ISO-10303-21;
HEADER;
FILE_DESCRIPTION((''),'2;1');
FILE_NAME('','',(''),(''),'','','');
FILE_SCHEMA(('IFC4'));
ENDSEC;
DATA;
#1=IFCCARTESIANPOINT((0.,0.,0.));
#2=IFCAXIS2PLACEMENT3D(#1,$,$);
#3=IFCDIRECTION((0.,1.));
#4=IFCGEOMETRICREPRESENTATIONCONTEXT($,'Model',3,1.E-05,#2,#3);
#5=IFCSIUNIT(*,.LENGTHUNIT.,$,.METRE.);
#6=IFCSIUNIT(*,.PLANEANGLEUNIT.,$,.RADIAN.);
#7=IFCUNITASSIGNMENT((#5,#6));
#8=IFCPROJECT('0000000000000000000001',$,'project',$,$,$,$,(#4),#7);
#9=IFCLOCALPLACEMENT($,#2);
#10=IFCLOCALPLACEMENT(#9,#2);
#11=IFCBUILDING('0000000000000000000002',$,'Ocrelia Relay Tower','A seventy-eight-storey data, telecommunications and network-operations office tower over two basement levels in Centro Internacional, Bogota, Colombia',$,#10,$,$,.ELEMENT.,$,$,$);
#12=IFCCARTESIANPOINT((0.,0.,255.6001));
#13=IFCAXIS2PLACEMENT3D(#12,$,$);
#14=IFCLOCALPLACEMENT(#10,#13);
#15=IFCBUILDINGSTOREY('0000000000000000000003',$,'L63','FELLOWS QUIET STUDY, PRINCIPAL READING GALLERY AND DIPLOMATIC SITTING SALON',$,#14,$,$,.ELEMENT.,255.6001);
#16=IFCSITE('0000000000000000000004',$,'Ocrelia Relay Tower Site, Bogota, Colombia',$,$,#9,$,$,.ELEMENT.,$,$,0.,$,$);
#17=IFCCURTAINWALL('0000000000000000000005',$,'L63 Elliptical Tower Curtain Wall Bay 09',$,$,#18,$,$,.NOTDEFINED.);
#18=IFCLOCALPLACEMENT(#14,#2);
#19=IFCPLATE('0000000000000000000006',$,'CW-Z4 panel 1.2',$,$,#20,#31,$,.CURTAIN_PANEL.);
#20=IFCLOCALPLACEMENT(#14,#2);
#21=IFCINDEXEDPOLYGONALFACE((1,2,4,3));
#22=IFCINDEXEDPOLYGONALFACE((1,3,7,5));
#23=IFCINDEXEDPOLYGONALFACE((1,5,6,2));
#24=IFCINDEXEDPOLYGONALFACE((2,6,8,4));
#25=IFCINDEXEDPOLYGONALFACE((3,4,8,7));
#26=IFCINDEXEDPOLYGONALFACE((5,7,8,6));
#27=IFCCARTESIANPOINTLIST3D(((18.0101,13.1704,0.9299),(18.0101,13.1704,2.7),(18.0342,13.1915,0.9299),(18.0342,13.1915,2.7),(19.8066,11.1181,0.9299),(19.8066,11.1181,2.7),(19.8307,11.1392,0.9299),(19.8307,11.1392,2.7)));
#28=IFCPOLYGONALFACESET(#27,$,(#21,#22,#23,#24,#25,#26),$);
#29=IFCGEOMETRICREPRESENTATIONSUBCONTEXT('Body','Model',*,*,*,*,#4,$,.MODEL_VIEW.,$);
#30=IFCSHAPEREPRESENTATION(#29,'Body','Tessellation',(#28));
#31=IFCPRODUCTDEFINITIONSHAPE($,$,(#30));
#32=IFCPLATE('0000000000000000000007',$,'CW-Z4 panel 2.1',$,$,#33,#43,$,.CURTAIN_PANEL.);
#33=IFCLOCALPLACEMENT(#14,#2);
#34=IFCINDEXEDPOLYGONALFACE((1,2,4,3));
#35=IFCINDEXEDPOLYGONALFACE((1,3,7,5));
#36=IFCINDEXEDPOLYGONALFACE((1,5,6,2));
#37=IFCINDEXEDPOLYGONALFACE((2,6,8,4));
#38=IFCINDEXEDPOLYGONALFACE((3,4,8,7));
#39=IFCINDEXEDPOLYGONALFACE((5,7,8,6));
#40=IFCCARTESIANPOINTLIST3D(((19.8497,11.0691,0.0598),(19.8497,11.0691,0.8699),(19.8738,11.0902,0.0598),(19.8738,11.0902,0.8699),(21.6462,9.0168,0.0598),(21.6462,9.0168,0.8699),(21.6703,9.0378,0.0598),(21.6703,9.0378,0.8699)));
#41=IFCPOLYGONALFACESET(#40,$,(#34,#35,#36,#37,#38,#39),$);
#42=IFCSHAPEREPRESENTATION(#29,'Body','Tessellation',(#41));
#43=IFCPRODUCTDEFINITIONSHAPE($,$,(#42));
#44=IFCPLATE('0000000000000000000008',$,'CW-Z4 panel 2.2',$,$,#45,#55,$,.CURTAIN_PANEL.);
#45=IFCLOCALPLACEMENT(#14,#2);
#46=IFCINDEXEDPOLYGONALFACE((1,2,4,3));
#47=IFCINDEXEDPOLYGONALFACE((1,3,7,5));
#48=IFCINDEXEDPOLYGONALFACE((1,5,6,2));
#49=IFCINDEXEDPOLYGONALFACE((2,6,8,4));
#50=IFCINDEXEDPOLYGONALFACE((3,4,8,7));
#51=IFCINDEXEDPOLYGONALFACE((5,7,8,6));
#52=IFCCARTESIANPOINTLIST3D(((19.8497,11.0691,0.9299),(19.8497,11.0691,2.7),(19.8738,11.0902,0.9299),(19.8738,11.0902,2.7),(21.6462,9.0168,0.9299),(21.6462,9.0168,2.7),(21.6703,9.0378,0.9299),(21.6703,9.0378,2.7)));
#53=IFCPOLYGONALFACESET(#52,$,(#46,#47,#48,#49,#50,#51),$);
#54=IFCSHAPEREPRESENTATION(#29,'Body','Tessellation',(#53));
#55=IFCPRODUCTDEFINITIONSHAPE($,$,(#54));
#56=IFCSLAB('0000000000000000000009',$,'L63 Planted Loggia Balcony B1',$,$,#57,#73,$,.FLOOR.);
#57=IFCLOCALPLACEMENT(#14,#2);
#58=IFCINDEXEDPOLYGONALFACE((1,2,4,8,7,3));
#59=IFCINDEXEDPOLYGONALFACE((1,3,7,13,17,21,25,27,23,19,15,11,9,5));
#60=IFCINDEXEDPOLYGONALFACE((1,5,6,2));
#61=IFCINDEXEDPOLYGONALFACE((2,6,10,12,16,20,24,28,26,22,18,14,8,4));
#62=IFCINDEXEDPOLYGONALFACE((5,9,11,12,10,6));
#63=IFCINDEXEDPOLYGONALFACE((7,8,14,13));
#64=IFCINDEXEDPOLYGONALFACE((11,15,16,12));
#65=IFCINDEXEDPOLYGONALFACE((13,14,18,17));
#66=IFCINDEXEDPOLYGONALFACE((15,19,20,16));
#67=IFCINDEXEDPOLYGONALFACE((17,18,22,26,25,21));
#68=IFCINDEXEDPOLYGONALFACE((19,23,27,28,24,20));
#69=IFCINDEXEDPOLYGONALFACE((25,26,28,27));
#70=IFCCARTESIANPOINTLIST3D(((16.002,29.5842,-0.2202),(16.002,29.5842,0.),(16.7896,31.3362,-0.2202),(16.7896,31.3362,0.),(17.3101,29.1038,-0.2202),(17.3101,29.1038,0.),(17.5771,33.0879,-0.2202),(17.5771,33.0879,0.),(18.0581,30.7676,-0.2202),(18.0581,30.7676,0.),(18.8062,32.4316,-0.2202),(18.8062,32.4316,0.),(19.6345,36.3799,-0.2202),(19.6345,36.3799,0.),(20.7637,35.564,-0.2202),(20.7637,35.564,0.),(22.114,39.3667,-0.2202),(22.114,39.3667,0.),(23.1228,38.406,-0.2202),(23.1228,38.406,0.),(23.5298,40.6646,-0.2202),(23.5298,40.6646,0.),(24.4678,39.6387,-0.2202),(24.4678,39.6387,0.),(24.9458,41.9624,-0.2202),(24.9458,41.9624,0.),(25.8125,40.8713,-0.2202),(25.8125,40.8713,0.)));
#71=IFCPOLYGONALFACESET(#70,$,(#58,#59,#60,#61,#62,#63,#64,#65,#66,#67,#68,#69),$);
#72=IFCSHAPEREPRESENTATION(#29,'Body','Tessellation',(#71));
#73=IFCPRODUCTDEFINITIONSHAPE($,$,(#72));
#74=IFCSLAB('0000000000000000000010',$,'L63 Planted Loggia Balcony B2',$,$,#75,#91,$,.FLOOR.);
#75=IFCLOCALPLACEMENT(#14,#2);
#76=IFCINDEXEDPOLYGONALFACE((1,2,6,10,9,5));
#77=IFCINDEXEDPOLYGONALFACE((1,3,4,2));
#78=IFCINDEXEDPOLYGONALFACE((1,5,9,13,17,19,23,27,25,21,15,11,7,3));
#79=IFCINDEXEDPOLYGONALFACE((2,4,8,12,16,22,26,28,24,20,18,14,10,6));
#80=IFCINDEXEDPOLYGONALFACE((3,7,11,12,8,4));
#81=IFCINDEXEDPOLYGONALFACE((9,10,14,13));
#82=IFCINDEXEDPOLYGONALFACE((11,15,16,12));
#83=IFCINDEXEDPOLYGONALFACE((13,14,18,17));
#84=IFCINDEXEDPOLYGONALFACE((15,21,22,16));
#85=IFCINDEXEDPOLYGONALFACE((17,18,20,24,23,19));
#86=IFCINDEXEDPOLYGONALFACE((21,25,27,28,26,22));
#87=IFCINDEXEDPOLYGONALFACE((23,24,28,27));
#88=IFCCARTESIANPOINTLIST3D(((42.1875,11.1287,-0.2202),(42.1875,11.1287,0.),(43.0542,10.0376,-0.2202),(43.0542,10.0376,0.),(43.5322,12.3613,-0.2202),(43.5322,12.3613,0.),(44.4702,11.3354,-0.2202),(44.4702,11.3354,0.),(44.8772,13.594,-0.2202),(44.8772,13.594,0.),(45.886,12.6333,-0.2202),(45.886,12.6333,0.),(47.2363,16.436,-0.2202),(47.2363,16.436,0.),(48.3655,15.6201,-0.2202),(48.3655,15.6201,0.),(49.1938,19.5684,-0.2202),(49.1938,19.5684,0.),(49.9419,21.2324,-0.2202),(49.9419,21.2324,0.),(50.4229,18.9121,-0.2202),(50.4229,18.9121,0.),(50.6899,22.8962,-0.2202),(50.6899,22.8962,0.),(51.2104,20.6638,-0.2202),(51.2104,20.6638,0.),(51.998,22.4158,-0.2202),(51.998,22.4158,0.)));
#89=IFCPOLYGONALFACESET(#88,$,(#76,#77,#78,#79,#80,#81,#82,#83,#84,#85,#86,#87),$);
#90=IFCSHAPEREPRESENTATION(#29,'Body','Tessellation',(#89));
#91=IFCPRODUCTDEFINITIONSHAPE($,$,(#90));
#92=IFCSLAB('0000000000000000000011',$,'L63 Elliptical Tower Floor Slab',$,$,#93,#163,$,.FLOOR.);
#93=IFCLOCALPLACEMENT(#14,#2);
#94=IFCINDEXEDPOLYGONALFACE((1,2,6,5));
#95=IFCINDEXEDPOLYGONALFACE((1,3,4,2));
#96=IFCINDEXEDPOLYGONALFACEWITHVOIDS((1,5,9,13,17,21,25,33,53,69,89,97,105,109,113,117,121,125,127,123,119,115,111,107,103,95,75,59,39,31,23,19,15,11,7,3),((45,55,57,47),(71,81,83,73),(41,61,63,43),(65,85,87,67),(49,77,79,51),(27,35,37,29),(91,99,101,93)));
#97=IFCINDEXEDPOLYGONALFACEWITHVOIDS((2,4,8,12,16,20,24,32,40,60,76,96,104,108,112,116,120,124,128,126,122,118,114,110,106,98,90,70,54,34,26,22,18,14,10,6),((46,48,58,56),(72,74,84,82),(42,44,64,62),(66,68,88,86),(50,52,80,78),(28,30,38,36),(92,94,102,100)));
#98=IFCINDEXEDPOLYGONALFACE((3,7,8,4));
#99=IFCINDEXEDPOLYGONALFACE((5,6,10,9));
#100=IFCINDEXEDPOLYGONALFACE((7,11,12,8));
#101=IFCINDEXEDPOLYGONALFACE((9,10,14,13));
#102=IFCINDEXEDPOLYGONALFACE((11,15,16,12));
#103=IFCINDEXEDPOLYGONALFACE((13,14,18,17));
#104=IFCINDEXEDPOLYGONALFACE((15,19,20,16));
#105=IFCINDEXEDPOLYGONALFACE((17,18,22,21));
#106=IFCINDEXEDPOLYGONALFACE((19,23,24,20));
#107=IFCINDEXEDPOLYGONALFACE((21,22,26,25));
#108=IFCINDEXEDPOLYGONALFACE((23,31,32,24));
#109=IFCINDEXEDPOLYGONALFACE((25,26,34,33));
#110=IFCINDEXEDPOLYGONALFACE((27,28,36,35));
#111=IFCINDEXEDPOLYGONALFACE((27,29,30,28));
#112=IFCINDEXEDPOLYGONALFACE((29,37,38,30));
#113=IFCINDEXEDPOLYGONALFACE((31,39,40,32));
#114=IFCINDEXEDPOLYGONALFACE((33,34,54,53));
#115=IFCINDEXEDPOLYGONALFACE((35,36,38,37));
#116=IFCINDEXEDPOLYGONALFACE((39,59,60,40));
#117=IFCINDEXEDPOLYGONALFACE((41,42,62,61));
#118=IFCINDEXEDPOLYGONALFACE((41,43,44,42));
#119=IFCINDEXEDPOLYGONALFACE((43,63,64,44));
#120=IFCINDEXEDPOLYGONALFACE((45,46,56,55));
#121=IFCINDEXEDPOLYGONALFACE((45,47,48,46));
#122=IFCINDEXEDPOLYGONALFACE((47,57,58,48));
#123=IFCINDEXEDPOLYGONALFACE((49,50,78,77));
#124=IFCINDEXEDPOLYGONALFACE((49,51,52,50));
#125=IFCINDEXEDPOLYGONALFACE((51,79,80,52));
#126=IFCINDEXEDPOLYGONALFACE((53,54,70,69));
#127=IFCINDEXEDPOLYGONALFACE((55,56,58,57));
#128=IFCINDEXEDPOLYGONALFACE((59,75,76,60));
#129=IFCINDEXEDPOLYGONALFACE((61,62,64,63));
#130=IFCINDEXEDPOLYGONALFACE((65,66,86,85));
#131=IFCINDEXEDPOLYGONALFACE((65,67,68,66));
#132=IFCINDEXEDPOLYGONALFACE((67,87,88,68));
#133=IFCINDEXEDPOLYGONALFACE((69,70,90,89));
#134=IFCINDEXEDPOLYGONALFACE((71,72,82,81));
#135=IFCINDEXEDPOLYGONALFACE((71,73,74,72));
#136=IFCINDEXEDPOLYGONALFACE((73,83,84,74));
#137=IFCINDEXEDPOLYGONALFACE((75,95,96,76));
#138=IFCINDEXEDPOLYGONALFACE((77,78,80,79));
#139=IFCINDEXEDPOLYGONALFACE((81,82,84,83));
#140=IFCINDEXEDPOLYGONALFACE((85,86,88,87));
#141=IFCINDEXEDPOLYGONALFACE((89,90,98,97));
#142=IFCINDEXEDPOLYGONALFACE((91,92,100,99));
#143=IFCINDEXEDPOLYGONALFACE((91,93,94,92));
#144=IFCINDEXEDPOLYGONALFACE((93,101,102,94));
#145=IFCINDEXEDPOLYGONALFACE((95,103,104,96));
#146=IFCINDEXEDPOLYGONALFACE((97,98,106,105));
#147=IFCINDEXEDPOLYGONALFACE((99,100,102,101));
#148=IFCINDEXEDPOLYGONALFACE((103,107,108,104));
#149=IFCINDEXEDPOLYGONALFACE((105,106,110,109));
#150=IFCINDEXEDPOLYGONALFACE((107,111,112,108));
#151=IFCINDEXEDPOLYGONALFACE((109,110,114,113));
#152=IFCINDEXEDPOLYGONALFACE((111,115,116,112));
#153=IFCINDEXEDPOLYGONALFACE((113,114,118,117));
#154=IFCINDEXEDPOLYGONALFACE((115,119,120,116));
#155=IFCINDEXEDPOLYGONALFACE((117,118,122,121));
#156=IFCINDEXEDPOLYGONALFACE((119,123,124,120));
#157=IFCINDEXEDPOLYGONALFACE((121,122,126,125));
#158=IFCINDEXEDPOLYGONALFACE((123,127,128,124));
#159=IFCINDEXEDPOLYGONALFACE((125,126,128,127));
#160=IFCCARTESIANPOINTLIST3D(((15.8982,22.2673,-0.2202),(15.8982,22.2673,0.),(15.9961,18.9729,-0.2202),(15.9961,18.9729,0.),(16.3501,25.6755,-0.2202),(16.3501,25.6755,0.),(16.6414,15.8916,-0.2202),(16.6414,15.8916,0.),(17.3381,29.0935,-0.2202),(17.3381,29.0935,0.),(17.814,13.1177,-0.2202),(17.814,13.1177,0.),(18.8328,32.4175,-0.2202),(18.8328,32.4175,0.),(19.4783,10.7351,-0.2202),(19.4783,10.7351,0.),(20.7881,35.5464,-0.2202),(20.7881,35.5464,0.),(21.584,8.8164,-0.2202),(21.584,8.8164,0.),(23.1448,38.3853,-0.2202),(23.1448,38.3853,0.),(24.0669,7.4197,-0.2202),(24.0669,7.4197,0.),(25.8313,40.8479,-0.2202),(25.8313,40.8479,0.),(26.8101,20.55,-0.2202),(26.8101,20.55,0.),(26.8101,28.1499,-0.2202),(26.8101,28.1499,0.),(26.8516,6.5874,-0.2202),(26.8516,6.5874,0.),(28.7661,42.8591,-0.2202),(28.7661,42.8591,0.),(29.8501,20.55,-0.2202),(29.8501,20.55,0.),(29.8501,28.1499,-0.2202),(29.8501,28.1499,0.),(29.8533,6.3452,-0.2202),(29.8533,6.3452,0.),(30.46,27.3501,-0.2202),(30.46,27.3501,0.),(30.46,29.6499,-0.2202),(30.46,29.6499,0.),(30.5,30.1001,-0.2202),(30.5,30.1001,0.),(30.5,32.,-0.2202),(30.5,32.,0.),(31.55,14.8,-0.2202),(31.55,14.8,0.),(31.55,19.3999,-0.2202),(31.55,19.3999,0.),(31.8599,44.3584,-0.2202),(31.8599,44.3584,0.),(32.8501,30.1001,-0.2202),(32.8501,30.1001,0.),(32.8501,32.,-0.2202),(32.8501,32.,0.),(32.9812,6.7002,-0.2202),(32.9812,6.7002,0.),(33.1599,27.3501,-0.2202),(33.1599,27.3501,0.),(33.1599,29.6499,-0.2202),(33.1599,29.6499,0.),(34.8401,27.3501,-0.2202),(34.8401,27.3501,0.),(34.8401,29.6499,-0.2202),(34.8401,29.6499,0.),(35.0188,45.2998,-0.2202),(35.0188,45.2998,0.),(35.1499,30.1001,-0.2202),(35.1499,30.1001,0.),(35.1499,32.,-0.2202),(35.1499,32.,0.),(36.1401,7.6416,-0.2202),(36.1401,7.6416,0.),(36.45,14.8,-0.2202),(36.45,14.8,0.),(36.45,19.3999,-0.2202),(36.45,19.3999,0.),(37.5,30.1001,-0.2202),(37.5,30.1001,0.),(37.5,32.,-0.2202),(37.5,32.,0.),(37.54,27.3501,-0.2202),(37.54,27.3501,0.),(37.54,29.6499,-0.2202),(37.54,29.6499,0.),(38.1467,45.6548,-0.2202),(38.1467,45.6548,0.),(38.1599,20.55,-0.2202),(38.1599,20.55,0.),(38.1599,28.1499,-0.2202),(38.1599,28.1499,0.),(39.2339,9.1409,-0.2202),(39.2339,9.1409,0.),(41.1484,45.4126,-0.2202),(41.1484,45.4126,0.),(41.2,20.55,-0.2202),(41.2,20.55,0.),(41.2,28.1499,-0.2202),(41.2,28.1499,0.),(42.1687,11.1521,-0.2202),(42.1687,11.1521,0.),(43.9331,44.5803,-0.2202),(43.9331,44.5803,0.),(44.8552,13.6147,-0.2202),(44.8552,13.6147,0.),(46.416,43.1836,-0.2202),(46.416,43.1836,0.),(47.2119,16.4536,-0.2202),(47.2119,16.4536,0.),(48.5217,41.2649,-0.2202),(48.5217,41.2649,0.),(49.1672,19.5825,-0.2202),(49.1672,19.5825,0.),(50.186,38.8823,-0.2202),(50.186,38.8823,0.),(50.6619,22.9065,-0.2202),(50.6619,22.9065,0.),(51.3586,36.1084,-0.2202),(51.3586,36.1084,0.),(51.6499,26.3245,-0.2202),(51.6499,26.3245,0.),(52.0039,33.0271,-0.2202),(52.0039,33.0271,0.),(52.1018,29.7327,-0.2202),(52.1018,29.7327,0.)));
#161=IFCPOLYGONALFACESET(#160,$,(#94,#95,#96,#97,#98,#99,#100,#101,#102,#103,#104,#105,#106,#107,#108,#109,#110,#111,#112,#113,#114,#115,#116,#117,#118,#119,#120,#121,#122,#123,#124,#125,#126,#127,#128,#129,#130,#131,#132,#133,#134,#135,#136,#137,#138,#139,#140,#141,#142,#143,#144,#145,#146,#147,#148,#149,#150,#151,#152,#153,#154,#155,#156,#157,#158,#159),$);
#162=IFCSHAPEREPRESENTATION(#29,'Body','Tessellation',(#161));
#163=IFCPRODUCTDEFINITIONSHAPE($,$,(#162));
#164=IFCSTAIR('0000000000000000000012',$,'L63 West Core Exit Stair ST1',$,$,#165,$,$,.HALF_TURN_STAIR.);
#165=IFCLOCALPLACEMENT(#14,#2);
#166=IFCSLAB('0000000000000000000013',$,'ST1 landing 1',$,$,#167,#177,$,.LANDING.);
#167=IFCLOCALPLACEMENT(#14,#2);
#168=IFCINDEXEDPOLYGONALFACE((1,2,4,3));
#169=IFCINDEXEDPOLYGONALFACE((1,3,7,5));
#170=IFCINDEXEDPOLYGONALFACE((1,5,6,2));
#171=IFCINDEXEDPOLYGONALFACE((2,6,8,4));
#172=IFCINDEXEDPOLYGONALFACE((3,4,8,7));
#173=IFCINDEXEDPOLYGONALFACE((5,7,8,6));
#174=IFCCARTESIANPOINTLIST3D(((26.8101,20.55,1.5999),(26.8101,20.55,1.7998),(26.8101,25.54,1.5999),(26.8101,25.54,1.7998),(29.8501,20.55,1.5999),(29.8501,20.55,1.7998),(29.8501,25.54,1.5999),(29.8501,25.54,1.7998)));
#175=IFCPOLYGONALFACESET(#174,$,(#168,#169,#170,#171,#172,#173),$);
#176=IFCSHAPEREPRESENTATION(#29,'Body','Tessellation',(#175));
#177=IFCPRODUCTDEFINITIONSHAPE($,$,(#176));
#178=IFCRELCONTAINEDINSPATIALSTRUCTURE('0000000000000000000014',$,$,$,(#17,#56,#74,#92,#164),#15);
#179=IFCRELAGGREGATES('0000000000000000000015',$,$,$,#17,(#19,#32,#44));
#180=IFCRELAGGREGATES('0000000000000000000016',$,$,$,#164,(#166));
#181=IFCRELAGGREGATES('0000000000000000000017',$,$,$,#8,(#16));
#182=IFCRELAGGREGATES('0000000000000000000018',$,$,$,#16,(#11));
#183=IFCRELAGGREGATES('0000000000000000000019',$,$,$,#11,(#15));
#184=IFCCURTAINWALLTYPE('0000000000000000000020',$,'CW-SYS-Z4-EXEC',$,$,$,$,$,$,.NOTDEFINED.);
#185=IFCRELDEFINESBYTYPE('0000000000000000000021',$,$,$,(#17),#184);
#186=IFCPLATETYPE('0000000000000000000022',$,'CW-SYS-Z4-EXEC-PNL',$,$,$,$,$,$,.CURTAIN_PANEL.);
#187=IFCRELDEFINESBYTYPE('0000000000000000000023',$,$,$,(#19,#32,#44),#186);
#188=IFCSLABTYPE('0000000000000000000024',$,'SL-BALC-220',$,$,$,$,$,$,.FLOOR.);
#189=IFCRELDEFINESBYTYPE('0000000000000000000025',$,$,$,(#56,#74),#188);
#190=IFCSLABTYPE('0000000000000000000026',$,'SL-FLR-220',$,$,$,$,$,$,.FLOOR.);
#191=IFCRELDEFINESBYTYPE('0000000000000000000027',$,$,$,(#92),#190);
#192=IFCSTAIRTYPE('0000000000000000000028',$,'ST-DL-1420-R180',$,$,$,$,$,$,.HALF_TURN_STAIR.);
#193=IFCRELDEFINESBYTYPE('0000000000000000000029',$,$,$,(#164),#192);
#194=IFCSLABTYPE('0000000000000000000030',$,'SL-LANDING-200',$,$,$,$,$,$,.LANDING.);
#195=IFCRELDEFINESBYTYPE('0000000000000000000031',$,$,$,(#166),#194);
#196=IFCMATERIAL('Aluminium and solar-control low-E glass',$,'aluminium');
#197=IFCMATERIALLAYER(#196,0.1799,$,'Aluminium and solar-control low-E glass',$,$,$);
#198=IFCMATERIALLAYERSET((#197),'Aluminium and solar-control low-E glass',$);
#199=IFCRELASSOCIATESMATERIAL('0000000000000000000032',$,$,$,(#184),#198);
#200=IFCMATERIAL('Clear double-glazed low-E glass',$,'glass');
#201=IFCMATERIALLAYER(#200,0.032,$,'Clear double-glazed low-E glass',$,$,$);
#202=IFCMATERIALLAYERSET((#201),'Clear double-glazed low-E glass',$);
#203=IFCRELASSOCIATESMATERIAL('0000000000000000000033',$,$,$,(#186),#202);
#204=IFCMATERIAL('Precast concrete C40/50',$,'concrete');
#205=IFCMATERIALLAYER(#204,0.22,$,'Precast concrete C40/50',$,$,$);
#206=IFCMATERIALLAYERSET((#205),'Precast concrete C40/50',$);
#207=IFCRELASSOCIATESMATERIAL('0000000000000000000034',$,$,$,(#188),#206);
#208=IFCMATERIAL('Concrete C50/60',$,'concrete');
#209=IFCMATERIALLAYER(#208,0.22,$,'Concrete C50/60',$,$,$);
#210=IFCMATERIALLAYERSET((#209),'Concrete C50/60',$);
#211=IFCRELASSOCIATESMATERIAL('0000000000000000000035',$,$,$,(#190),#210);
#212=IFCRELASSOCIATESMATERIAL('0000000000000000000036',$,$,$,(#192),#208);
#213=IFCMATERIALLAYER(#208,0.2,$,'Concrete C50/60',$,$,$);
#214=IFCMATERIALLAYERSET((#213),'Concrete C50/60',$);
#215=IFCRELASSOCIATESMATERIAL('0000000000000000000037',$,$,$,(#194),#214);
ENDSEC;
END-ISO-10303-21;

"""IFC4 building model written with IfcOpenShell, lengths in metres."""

from ifc_helpers import new_model, si_unit, direction, frame, origin, origin_2d, place, context, subcontext, project, spatial, polyline, rectangle, outline, extrude, material, layer, layer_set, type_object, element, aggregate, save


model = new_model("IFC4")

# Units and contexts
model_context = context("Model", 3, precision=1e-05, world=origin(), true_north=direction((0.0, 1.0)))
body_context = subcontext(model_context, "Body", "Model", "MODEL_VIEW")
ifc_project = project(units=[si_unit("LENGTHUNIT", "METRE"), si_unit("PLANEANGLEUNIT", "RADIAN")], contexts=[model_context])

# Site, building, storey
site_placement = place(None, origin())
site = spatial("IfcSite", under=ifc_project, at=site_placement, Name="Ocrelia Relay Tower Site, Bogota, Colombia", CompositionType="ELEMENT", RefElevation=0.0)
building_placement = place(site_placement, origin())
building = spatial("IfcBuilding", under=site, at=building_placement, Name="Ocrelia Relay Tower", Description="A seventy-eight-storey data, telecommunications and network-operations office tower over two basement levels in Centro Internacional, Bogota, Colombia", CompositionType="ELEMENT")
storey_placement = place(building_placement, frame((0.0, 0.0, 255.6001)))
storey = spatial("IfcBuildingStorey", under=building, at=storey_placement, Name="L63", Description="FELLOWS QUIET STUDY, PRINCIPAL READING GALLERY AND DIPLOMATIC SITTING SALON", CompositionType="ELEMENT", Elevation=255.6001)

# Shared definitions
ifc_material_1 = material(Name="Concrete C50/60", Category="concrete")

# Curtain wall
ifc_material_2 = material(Name="Aluminium and solar-control low-E glass", Category="aluminium")
ifc_layer_1 = layer(ifc_material_2, 0.1799, Name="Aluminium and solar-control low-E glass")
ifc_layer_set_1 = layer_set([ifc_layer_1], Name="Aluminium and solar-control low-E glass")
curtain_wall_type = type_object("IfcCurtainWallType", Name="CW-SYS-Z4-EXEC", PredefinedType="NOTDEFINED", material=ifc_layer_set_1)
curtain_wall_1_placement = place(storey_placement, origin())
curtain_wall_1 = element("IfcCurtainWall", 1, at=curtain_wall_1_placement, inside=storey, type_object=curtain_wall_type, Name="L63 Elliptical Tower Curtain Wall Bay 09", PredefinedType="NOTDEFINED")

# Plates
ifc_material_3 = material(Name="Clear double-glazed low-E glass", Category="glass")
ifc_layer_2 = layer(ifc_material_3, 0.032, Name="Clear double-glazed low-E glass")
ifc_layer_set_2 = layer_set([ifc_layer_2], Name="Clear double-glazed low-E glass")
plate_type = type_object("IfcPlateType", Name="CW-SYS-Z4-EXEC-PNL", PredefinedType="CURTAIN_PANEL", material=ifc_layer_set_2)
plate_1_placement = place(storey_placement, frame((18.9204, 12.1548, 0.9299), z_axis=(0.0, 0.0, 1.0), x_axis=(0.658659, -0.752442, 0.0)))
plate_1 = element("IfcPlate", 2, at=plate_1_placement, type_object=plate_type, Name="CW-Z4 panel 1.2", PredefinedType="CURTAIN_PANEL", context=body_context, shape_type="SweptSolid", body=[
    extrude(rectangle(XDim=2.7275, YDim=0.032, at=origin_2d()), origin(), (0.0, 0.0, 1.0), 1.77),
])
plate_2_placement = place(storey_placement, frame((20.76, 10.0535, 0.0598), z_axis=(0.0, 0.0, 1.0), x_axis=(0.658659, -0.752442, 0.0)))
plate_2 = element("IfcPlate", 3, at=plate_2_placement, type_object=plate_type, Name="CW-Z4 panel 2.1", PredefinedType="CURTAIN_PANEL", context=body_context, shape_type="SweptSolid", body=[
    extrude(rectangle(XDim=2.7275, YDim=0.032, at=origin_2d()), origin(), (0.0, 0.0, 1.0), 0.8101),
])
plate_3_placement = place(storey_placement, frame((20.76, 10.0535, 0.9299), z_axis=(0.0, 0.0, 1.0), x_axis=(0.658659, -0.752442, 0.0)))
plate_3 = element("IfcPlate", 4, at=plate_3_placement, type_object=plate_type, Name="CW-Z4 panel 2.2", PredefinedType="CURTAIN_PANEL", context=body_context, shape_type="SweptSolid", body=[
    extrude(rectangle(XDim=2.7275, YDim=0.032, at=origin_2d()), origin(), (0.0, 0.0, 1.0), 1.77),
])
aggregate(curtain_wall_1, [plate_1, plate_2, plate_3])

# Slabs
ifc_material_4 = material(Name="Precast concrete C40/50", Category="concrete")
ifc_layer_3 = layer(ifc_material_4, 0.22, Name="Precast concrete C40/50")
ifc_layer_set_3 = layer_set([ifc_layer_3], Name="Precast concrete C40/50")
slab_type_1 = type_object("IfcSlabType", Name="SL-BALC-220", PredefinedType="FLOOR", material=ifc_layer_set_3)
slab_1_placement = place(storey_placement, frame((0.0, 0.0, -0.2202)))
element("IfcSlab", 5, at=slab_1_placement, inside=storey, type_object=slab_type_1, Name="L63 Planted Loggia Balcony B1", PredefinedType="FLOOR", context=body_context, shape_type="SweptSolid", body=[
    extrude(outline(polyline([(25.8125, 40.8713), (24.4678, 39.6387), (23.1228, 38.406), (20.7637, 35.564), (18.8062, 32.4316), (18.0581, 30.7676), (17.3101, 29.1038), (16.002, 29.5842), (16.7896, 31.3362), (17.5771, 33.0879), (19.6345, 36.3799), (22.114, 39.3667), (23.5298, 40.6646), (24.9458, 41.9624), (25.8125, 40.8713)])), origin(), (0.0, 0.0, 1.0), 0.2202),
])
slab_2_placement = place(storey_placement, frame((0.0, 0.0, -0.2202)))
element("IfcSlab", 6, at=slab_2_placement, inside=storey, type_object=slab_type_1, Name="L63 Planted Loggia Balcony B2", PredefinedType="FLOOR", context=body_context, shape_type="SweptSolid", body=[
    extrude(outline(polyline([(42.1875, 11.1287), (43.5322, 12.3613), (44.8772, 13.594), (47.2363, 16.436), (49.1938, 19.5684), (49.9419, 21.2324), (50.6899, 22.8962), (51.998, 22.4158), (51.2104, 20.6638), (50.4229, 18.9121), (48.3655, 15.6201), (45.886, 12.6333), (44.4702, 11.3354), (43.0542, 10.0376), (42.1875, 11.1287)])), origin(), (0.0, 0.0, 1.0), 0.2202),
])
ifc_layer_4 = layer(ifc_material_1, 0.22, Name="Concrete C50/60")
ifc_layer_set_4 = layer_set([ifc_layer_4], Name="Concrete C50/60")
slab_type_2 = type_object("IfcSlabType", Name="SL-FLR-220", PredefinedType="FLOOR", material=ifc_layer_set_4)
slab_3_placement = place(storey_placement, frame((0.0, 0.0, -0.2202)))
element("IfcSlab", 7, at=slab_3_placement, inside=storey, type_object=slab_type_2, Name="L63 Elliptical Tower Floor Slab", PredefinedType="FLOOR", context=body_context, shape_type="SweptSolid", body=[
    extrude(outline(polyline([(46.416, 43.1836), (43.9331, 44.5803), (41.1484, 45.4126), (38.1467, 45.6548), (35.0188, 45.2998), (31.8599, 44.3584), (28.7661, 42.8591), (25.8313, 40.8479), (23.1448, 38.3853), (20.7881, 35.5464), (18.8328, 32.4175), (17.3381, 29.0935), (16.3501, 25.6755), (15.8982, 22.2673), (15.9961, 18.9729), (16.6414, 15.8916), (17.814, 13.1177), (19.4783, 10.7351), (21.584, 8.8164), (24.0669, 7.4197), (26.8516, 6.5874), (29.8533, 6.3452), (32.9812, 6.7002), (36.1401, 7.6416), (39.2339, 9.1409), (42.1687, 11.1521), (44.8552, 13.6147), (47.2119, 16.4536), (49.1672, 19.5825), (50.6619, 22.9065), (51.6499, 26.3245), (52.1018, 29.7327), (52.0039, 33.0271), (51.3586, 36.1084), (50.186, 38.8823), (48.5217, 41.2649), (46.416, 43.1836)]), holes=[polyline([(26.8101, 28.1499), (26.8101, 20.55), (29.8501, 20.55), (29.8501, 28.1499), (26.8101, 28.1499)]), polyline([(38.1599, 28.1499), (38.1599, 20.55), (41.2, 20.55), (41.2, 28.1499), (38.1599, 28.1499)]), polyline([(30.46, 27.3501), (33.1599, 27.3501), (33.1599, 29.6499), (30.46, 29.6499), (30.46, 27.3501)]), polyline([(34.8401, 27.3501), (37.54, 27.3501), (37.54, 29.6499), (34.8401, 29.6499), (34.8401, 27.3501)]), polyline([(30.5, 30.1001), (32.8501, 30.1001), (32.8501, 32.0), (30.5, 32.0), (30.5, 30.1001)]), polyline([(35.1499, 30.1001), (37.5, 30.1001), (37.5, 32.0), (35.1499, 32.0), (35.1499, 30.1001)]), polyline([(31.55, 14.8), (36.45, 14.8), (36.45, 19.3999), (31.55, 19.3999), (31.55, 14.8)])]), origin(), (0.0, 0.0, 1.0), 0.2202),
])

# Stair, slab
stair_type = type_object("IfcStairType", Name="ST-DL-1420-R180", PredefinedType="HALF_TURN_STAIR", material=ifc_material_1)
stair_1_placement = place(storey_placement, origin())
stair_1 = element("IfcStair", 8, at=stair_1_placement, inside=storey, type_object=stair_type, Name="L63 West Core Exit Stair ST1", PredefinedType="HALF_TURN_STAIR")
ifc_layer_5 = layer(ifc_material_1, 0.2, Name="Concrete C50/60")
ifc_layer_set_5 = layer_set([ifc_layer_5], Name="Concrete C50/60")
slab_type_3 = type_object("IfcSlabType", Name="SL-LANDING-200", PredefinedType="LANDING", material=ifc_layer_set_5)
slab_4_placement = place(storey_placement, frame((0.0, 0.0, 1.5999)))
slab_4 = element("IfcSlab", 9, at=slab_4_placement, type_object=slab_type_3, Name="ST1 landing 1", PredefinedType="LANDING", context=body_context, shape_type="SweptSolid", body=[
    extrude(outline(polyline([(26.8101, 25.54), (26.8101, 20.55), (29.8501, 20.55), (29.8501, 25.54), (26.8101, 25.54)])), origin(), (0.0, 0.0, 1.0), 0.2),
])
aggregate(stair_1, [slab_4])

save(model, "model.ifc")
